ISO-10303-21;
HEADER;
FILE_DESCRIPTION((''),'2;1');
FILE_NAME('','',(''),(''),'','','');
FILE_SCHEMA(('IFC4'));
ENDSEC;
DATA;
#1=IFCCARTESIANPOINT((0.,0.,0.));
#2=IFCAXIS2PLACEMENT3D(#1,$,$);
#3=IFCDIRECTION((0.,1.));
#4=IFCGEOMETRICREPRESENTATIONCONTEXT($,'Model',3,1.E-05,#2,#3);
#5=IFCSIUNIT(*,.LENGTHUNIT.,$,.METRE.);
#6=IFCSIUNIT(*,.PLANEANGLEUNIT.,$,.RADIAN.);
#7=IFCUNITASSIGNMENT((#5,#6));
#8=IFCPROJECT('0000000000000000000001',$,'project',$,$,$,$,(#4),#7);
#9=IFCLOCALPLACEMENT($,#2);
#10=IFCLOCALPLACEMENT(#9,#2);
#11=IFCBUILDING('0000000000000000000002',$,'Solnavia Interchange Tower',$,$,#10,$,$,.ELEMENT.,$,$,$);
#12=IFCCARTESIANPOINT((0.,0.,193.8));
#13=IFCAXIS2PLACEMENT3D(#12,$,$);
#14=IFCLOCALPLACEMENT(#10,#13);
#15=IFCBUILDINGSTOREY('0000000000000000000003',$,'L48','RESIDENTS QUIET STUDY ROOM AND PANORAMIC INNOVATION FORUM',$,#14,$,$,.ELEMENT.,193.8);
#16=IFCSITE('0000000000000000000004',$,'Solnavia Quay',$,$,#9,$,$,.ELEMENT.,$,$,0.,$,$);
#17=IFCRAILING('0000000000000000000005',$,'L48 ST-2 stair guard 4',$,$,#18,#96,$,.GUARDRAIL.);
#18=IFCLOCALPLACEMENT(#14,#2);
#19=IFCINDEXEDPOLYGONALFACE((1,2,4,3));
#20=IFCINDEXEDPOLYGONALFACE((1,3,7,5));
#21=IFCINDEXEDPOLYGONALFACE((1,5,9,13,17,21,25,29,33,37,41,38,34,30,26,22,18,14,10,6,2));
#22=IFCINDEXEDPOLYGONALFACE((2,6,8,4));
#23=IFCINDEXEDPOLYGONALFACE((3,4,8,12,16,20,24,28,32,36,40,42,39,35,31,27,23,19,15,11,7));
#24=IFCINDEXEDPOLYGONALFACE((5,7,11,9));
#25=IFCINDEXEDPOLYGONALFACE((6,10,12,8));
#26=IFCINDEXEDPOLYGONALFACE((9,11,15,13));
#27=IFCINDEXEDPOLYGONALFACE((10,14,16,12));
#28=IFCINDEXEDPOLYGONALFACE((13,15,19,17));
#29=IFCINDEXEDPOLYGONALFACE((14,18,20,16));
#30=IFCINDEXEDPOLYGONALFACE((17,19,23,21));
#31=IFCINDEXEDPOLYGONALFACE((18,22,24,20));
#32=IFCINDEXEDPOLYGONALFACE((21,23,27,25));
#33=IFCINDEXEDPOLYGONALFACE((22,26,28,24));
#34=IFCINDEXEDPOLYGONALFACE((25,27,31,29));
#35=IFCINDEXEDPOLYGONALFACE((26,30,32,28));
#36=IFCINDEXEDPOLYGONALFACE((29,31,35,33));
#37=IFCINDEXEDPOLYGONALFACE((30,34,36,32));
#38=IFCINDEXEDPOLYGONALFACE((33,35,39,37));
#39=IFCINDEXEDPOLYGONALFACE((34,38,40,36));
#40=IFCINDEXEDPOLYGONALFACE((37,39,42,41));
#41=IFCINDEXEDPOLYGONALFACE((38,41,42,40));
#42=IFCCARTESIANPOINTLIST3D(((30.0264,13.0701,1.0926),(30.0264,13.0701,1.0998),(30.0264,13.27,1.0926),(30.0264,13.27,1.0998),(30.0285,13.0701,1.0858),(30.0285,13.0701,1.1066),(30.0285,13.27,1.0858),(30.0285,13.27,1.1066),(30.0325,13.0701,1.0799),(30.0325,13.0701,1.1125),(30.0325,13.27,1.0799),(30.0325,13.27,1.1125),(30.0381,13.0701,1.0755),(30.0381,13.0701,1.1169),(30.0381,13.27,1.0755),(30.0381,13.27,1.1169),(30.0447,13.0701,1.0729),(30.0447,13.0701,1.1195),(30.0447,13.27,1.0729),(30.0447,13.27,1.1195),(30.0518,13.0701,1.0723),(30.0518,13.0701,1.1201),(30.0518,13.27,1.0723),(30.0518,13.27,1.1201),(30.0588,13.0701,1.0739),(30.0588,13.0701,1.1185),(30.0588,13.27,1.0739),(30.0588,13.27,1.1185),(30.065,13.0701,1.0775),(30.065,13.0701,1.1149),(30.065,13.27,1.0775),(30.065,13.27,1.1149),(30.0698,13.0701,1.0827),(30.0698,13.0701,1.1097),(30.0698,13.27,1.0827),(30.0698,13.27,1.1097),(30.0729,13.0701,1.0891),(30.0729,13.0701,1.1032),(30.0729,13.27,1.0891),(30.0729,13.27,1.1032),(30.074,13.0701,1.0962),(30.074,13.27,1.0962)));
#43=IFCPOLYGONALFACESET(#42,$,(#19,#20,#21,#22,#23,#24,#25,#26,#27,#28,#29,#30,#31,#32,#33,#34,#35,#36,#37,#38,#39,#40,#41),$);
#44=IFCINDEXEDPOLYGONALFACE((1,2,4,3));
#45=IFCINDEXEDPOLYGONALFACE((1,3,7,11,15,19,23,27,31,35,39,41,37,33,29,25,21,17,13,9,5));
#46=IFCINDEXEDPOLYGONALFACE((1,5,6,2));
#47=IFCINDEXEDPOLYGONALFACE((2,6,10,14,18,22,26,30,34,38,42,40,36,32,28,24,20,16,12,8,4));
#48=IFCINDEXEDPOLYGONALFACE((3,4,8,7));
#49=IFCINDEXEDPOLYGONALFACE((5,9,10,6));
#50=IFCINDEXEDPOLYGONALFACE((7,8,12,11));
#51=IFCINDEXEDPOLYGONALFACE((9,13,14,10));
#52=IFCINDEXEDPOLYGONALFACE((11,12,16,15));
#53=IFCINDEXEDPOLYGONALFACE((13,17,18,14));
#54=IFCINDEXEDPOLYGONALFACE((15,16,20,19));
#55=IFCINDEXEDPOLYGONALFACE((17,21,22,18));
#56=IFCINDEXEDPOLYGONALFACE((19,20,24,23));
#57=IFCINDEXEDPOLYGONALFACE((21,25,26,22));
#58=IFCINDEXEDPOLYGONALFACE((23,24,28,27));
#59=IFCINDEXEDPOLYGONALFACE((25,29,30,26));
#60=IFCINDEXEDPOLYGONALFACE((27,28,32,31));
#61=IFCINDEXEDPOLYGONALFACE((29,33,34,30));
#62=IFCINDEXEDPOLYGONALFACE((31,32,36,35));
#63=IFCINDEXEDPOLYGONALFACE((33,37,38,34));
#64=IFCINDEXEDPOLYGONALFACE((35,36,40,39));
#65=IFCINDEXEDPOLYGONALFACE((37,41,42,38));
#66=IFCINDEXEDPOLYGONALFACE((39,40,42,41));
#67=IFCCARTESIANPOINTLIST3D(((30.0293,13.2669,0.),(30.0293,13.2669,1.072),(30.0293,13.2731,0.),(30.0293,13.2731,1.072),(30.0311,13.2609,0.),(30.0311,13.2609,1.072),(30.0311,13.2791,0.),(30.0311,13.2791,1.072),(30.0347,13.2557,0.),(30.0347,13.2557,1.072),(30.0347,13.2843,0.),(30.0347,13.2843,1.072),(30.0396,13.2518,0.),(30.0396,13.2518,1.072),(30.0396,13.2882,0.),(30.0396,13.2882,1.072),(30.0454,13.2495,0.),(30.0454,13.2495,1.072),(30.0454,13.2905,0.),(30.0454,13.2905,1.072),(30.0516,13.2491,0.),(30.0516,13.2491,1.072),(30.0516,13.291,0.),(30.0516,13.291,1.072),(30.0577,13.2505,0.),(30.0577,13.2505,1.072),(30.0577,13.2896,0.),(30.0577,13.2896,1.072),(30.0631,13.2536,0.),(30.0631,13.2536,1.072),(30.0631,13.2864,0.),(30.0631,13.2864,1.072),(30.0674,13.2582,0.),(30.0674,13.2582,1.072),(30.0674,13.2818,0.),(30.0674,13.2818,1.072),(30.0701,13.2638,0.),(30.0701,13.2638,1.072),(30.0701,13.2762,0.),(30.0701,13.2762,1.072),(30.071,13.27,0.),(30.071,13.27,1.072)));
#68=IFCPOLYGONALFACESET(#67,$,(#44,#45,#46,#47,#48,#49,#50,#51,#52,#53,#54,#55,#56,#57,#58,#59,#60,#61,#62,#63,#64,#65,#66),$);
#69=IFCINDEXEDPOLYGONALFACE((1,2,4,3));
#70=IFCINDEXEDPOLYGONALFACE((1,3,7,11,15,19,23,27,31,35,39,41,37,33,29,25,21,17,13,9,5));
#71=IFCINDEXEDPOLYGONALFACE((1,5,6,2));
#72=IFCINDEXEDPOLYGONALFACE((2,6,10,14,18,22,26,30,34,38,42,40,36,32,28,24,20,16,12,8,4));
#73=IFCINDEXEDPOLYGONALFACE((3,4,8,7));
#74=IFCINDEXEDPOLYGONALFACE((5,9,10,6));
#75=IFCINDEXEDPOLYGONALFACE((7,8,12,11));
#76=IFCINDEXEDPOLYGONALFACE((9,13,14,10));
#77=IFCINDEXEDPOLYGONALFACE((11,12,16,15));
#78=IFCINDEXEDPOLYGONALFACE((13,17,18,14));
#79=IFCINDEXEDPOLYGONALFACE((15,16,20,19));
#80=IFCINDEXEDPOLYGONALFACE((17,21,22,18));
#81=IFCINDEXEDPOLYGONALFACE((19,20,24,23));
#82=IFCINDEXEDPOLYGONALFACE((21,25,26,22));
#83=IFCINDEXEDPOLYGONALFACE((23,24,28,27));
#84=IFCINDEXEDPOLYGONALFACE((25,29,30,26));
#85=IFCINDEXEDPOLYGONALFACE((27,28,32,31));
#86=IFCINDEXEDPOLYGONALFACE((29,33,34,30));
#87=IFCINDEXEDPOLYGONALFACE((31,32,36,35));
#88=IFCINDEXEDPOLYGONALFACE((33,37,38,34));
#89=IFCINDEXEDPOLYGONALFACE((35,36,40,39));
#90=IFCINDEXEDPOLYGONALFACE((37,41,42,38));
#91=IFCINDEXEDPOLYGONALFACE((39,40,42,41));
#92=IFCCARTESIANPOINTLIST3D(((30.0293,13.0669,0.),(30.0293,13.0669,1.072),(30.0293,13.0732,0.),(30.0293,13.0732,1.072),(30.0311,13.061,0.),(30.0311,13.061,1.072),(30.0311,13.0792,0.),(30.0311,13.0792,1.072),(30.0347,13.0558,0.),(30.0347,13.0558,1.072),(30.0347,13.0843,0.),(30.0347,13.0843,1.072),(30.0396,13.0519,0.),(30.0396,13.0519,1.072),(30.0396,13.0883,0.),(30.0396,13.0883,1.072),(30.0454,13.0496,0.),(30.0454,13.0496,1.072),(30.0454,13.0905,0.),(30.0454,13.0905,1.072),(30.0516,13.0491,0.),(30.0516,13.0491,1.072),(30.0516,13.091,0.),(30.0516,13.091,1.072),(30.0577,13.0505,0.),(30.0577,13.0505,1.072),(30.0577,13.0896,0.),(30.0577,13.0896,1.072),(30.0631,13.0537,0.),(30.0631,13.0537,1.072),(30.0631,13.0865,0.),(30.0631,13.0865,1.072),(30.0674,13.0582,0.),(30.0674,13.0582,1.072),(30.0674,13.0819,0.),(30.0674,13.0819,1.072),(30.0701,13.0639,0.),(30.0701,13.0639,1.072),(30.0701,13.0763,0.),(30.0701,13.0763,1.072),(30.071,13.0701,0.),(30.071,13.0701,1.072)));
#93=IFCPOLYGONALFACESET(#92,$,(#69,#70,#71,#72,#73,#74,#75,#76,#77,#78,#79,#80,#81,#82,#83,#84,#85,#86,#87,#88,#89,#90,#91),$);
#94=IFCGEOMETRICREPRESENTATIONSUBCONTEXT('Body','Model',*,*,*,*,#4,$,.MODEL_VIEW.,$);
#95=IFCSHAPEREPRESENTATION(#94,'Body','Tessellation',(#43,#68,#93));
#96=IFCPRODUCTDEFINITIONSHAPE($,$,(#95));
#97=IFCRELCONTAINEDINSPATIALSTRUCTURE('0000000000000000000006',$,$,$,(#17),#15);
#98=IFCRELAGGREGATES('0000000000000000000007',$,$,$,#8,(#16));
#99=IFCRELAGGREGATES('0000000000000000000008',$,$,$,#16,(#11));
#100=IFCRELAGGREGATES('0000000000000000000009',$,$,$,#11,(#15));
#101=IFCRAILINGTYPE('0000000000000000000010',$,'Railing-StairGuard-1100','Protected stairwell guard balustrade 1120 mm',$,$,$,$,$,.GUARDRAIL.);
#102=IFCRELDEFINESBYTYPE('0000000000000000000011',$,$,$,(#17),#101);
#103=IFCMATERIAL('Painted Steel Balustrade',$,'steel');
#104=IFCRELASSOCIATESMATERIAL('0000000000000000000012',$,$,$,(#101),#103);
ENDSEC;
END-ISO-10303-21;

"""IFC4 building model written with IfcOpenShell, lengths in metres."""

from ifc_helpers import new_model, si_unit, direction, frame, origin, origin_2d, place, context, subcontext, project, spatial, circle, extrude, material, type_object, element, save


model = new_model("IFC4")

# Units and contexts
model_context = context("Model", 3, precision=1e-05, world=origin(), true_north=direction((0.0, 1.0)))
body_context = subcontext(model_context, "Body", "Model", "MODEL_VIEW")
ifc_project = project(units=[si_unit("LENGTHUNIT", "METRE"), si_unit("PLANEANGLEUNIT", "RADIAN")], contexts=[model_context])

# Site, building, storey
site_placement = place(None, origin())
site = spatial("IfcSite", under=ifc_project, at=site_placement, Name="Solnavia Quay", CompositionType="ELEMENT", RefElevation=0.0)
building_placement = place(site_placement, origin())
building = spatial("IfcBuilding", under=site, at=building_placement, Name="Solnavia Interchange Tower", CompositionType="ELEMENT")
storey_placement = place(building_placement, frame((0.0, 0.0, 193.8)))
storey = spatial("IfcBuildingStorey", under=building, at=storey_placement, Name="L48", Description="RESIDENTS QUIET STUDY ROOM AND PANORAMIC INNOVATION FORUM", CompositionType="ELEMENT", Elevation=193.8)

# Railing
ifc_material_1 = material(Name="Painted Steel Balustrade", Category="steel")
railing_type_1 = type_object("IfcRailingType", Name="Railing-StairGuard-1100", Description="Protected stairwell guard balustrade 1120 mm", PredefinedType="GUARDRAIL", material=ifc_material_1)
railing_1_placement = place(storey_placement, frame((30.05, 13.27, 0.0)))
element("IfcRailing", 1, at=railing_1_placement, inside=storey, type_object=railing_type_1, Name="L48 ST-2 stair guard 4", PredefinedType="GUARDRAIL", context=body_context, shape_type="SweptSolid", body=[
    extrude(circle(Radius=0.0239, at=origin_2d()), frame((0.0, 0.0, 1.0962), z_axis=(0.0, -1.0, 0.0), x_axis=(1.0, 0.0, 0.0)), (0.0, 0.0, 1.0), 0.2),
    extrude(circle(Radius=0.021, at=origin_2d()), origin(), (0.0, 0.0, 1.0), 1.072),
    extrude(circle(Radius=0.021, at=origin_2d()), frame((0.0, -0.2, 0.0)), (0.0, 0.0, 1.0), 1.072),
])

save(model, "model.ifc")
